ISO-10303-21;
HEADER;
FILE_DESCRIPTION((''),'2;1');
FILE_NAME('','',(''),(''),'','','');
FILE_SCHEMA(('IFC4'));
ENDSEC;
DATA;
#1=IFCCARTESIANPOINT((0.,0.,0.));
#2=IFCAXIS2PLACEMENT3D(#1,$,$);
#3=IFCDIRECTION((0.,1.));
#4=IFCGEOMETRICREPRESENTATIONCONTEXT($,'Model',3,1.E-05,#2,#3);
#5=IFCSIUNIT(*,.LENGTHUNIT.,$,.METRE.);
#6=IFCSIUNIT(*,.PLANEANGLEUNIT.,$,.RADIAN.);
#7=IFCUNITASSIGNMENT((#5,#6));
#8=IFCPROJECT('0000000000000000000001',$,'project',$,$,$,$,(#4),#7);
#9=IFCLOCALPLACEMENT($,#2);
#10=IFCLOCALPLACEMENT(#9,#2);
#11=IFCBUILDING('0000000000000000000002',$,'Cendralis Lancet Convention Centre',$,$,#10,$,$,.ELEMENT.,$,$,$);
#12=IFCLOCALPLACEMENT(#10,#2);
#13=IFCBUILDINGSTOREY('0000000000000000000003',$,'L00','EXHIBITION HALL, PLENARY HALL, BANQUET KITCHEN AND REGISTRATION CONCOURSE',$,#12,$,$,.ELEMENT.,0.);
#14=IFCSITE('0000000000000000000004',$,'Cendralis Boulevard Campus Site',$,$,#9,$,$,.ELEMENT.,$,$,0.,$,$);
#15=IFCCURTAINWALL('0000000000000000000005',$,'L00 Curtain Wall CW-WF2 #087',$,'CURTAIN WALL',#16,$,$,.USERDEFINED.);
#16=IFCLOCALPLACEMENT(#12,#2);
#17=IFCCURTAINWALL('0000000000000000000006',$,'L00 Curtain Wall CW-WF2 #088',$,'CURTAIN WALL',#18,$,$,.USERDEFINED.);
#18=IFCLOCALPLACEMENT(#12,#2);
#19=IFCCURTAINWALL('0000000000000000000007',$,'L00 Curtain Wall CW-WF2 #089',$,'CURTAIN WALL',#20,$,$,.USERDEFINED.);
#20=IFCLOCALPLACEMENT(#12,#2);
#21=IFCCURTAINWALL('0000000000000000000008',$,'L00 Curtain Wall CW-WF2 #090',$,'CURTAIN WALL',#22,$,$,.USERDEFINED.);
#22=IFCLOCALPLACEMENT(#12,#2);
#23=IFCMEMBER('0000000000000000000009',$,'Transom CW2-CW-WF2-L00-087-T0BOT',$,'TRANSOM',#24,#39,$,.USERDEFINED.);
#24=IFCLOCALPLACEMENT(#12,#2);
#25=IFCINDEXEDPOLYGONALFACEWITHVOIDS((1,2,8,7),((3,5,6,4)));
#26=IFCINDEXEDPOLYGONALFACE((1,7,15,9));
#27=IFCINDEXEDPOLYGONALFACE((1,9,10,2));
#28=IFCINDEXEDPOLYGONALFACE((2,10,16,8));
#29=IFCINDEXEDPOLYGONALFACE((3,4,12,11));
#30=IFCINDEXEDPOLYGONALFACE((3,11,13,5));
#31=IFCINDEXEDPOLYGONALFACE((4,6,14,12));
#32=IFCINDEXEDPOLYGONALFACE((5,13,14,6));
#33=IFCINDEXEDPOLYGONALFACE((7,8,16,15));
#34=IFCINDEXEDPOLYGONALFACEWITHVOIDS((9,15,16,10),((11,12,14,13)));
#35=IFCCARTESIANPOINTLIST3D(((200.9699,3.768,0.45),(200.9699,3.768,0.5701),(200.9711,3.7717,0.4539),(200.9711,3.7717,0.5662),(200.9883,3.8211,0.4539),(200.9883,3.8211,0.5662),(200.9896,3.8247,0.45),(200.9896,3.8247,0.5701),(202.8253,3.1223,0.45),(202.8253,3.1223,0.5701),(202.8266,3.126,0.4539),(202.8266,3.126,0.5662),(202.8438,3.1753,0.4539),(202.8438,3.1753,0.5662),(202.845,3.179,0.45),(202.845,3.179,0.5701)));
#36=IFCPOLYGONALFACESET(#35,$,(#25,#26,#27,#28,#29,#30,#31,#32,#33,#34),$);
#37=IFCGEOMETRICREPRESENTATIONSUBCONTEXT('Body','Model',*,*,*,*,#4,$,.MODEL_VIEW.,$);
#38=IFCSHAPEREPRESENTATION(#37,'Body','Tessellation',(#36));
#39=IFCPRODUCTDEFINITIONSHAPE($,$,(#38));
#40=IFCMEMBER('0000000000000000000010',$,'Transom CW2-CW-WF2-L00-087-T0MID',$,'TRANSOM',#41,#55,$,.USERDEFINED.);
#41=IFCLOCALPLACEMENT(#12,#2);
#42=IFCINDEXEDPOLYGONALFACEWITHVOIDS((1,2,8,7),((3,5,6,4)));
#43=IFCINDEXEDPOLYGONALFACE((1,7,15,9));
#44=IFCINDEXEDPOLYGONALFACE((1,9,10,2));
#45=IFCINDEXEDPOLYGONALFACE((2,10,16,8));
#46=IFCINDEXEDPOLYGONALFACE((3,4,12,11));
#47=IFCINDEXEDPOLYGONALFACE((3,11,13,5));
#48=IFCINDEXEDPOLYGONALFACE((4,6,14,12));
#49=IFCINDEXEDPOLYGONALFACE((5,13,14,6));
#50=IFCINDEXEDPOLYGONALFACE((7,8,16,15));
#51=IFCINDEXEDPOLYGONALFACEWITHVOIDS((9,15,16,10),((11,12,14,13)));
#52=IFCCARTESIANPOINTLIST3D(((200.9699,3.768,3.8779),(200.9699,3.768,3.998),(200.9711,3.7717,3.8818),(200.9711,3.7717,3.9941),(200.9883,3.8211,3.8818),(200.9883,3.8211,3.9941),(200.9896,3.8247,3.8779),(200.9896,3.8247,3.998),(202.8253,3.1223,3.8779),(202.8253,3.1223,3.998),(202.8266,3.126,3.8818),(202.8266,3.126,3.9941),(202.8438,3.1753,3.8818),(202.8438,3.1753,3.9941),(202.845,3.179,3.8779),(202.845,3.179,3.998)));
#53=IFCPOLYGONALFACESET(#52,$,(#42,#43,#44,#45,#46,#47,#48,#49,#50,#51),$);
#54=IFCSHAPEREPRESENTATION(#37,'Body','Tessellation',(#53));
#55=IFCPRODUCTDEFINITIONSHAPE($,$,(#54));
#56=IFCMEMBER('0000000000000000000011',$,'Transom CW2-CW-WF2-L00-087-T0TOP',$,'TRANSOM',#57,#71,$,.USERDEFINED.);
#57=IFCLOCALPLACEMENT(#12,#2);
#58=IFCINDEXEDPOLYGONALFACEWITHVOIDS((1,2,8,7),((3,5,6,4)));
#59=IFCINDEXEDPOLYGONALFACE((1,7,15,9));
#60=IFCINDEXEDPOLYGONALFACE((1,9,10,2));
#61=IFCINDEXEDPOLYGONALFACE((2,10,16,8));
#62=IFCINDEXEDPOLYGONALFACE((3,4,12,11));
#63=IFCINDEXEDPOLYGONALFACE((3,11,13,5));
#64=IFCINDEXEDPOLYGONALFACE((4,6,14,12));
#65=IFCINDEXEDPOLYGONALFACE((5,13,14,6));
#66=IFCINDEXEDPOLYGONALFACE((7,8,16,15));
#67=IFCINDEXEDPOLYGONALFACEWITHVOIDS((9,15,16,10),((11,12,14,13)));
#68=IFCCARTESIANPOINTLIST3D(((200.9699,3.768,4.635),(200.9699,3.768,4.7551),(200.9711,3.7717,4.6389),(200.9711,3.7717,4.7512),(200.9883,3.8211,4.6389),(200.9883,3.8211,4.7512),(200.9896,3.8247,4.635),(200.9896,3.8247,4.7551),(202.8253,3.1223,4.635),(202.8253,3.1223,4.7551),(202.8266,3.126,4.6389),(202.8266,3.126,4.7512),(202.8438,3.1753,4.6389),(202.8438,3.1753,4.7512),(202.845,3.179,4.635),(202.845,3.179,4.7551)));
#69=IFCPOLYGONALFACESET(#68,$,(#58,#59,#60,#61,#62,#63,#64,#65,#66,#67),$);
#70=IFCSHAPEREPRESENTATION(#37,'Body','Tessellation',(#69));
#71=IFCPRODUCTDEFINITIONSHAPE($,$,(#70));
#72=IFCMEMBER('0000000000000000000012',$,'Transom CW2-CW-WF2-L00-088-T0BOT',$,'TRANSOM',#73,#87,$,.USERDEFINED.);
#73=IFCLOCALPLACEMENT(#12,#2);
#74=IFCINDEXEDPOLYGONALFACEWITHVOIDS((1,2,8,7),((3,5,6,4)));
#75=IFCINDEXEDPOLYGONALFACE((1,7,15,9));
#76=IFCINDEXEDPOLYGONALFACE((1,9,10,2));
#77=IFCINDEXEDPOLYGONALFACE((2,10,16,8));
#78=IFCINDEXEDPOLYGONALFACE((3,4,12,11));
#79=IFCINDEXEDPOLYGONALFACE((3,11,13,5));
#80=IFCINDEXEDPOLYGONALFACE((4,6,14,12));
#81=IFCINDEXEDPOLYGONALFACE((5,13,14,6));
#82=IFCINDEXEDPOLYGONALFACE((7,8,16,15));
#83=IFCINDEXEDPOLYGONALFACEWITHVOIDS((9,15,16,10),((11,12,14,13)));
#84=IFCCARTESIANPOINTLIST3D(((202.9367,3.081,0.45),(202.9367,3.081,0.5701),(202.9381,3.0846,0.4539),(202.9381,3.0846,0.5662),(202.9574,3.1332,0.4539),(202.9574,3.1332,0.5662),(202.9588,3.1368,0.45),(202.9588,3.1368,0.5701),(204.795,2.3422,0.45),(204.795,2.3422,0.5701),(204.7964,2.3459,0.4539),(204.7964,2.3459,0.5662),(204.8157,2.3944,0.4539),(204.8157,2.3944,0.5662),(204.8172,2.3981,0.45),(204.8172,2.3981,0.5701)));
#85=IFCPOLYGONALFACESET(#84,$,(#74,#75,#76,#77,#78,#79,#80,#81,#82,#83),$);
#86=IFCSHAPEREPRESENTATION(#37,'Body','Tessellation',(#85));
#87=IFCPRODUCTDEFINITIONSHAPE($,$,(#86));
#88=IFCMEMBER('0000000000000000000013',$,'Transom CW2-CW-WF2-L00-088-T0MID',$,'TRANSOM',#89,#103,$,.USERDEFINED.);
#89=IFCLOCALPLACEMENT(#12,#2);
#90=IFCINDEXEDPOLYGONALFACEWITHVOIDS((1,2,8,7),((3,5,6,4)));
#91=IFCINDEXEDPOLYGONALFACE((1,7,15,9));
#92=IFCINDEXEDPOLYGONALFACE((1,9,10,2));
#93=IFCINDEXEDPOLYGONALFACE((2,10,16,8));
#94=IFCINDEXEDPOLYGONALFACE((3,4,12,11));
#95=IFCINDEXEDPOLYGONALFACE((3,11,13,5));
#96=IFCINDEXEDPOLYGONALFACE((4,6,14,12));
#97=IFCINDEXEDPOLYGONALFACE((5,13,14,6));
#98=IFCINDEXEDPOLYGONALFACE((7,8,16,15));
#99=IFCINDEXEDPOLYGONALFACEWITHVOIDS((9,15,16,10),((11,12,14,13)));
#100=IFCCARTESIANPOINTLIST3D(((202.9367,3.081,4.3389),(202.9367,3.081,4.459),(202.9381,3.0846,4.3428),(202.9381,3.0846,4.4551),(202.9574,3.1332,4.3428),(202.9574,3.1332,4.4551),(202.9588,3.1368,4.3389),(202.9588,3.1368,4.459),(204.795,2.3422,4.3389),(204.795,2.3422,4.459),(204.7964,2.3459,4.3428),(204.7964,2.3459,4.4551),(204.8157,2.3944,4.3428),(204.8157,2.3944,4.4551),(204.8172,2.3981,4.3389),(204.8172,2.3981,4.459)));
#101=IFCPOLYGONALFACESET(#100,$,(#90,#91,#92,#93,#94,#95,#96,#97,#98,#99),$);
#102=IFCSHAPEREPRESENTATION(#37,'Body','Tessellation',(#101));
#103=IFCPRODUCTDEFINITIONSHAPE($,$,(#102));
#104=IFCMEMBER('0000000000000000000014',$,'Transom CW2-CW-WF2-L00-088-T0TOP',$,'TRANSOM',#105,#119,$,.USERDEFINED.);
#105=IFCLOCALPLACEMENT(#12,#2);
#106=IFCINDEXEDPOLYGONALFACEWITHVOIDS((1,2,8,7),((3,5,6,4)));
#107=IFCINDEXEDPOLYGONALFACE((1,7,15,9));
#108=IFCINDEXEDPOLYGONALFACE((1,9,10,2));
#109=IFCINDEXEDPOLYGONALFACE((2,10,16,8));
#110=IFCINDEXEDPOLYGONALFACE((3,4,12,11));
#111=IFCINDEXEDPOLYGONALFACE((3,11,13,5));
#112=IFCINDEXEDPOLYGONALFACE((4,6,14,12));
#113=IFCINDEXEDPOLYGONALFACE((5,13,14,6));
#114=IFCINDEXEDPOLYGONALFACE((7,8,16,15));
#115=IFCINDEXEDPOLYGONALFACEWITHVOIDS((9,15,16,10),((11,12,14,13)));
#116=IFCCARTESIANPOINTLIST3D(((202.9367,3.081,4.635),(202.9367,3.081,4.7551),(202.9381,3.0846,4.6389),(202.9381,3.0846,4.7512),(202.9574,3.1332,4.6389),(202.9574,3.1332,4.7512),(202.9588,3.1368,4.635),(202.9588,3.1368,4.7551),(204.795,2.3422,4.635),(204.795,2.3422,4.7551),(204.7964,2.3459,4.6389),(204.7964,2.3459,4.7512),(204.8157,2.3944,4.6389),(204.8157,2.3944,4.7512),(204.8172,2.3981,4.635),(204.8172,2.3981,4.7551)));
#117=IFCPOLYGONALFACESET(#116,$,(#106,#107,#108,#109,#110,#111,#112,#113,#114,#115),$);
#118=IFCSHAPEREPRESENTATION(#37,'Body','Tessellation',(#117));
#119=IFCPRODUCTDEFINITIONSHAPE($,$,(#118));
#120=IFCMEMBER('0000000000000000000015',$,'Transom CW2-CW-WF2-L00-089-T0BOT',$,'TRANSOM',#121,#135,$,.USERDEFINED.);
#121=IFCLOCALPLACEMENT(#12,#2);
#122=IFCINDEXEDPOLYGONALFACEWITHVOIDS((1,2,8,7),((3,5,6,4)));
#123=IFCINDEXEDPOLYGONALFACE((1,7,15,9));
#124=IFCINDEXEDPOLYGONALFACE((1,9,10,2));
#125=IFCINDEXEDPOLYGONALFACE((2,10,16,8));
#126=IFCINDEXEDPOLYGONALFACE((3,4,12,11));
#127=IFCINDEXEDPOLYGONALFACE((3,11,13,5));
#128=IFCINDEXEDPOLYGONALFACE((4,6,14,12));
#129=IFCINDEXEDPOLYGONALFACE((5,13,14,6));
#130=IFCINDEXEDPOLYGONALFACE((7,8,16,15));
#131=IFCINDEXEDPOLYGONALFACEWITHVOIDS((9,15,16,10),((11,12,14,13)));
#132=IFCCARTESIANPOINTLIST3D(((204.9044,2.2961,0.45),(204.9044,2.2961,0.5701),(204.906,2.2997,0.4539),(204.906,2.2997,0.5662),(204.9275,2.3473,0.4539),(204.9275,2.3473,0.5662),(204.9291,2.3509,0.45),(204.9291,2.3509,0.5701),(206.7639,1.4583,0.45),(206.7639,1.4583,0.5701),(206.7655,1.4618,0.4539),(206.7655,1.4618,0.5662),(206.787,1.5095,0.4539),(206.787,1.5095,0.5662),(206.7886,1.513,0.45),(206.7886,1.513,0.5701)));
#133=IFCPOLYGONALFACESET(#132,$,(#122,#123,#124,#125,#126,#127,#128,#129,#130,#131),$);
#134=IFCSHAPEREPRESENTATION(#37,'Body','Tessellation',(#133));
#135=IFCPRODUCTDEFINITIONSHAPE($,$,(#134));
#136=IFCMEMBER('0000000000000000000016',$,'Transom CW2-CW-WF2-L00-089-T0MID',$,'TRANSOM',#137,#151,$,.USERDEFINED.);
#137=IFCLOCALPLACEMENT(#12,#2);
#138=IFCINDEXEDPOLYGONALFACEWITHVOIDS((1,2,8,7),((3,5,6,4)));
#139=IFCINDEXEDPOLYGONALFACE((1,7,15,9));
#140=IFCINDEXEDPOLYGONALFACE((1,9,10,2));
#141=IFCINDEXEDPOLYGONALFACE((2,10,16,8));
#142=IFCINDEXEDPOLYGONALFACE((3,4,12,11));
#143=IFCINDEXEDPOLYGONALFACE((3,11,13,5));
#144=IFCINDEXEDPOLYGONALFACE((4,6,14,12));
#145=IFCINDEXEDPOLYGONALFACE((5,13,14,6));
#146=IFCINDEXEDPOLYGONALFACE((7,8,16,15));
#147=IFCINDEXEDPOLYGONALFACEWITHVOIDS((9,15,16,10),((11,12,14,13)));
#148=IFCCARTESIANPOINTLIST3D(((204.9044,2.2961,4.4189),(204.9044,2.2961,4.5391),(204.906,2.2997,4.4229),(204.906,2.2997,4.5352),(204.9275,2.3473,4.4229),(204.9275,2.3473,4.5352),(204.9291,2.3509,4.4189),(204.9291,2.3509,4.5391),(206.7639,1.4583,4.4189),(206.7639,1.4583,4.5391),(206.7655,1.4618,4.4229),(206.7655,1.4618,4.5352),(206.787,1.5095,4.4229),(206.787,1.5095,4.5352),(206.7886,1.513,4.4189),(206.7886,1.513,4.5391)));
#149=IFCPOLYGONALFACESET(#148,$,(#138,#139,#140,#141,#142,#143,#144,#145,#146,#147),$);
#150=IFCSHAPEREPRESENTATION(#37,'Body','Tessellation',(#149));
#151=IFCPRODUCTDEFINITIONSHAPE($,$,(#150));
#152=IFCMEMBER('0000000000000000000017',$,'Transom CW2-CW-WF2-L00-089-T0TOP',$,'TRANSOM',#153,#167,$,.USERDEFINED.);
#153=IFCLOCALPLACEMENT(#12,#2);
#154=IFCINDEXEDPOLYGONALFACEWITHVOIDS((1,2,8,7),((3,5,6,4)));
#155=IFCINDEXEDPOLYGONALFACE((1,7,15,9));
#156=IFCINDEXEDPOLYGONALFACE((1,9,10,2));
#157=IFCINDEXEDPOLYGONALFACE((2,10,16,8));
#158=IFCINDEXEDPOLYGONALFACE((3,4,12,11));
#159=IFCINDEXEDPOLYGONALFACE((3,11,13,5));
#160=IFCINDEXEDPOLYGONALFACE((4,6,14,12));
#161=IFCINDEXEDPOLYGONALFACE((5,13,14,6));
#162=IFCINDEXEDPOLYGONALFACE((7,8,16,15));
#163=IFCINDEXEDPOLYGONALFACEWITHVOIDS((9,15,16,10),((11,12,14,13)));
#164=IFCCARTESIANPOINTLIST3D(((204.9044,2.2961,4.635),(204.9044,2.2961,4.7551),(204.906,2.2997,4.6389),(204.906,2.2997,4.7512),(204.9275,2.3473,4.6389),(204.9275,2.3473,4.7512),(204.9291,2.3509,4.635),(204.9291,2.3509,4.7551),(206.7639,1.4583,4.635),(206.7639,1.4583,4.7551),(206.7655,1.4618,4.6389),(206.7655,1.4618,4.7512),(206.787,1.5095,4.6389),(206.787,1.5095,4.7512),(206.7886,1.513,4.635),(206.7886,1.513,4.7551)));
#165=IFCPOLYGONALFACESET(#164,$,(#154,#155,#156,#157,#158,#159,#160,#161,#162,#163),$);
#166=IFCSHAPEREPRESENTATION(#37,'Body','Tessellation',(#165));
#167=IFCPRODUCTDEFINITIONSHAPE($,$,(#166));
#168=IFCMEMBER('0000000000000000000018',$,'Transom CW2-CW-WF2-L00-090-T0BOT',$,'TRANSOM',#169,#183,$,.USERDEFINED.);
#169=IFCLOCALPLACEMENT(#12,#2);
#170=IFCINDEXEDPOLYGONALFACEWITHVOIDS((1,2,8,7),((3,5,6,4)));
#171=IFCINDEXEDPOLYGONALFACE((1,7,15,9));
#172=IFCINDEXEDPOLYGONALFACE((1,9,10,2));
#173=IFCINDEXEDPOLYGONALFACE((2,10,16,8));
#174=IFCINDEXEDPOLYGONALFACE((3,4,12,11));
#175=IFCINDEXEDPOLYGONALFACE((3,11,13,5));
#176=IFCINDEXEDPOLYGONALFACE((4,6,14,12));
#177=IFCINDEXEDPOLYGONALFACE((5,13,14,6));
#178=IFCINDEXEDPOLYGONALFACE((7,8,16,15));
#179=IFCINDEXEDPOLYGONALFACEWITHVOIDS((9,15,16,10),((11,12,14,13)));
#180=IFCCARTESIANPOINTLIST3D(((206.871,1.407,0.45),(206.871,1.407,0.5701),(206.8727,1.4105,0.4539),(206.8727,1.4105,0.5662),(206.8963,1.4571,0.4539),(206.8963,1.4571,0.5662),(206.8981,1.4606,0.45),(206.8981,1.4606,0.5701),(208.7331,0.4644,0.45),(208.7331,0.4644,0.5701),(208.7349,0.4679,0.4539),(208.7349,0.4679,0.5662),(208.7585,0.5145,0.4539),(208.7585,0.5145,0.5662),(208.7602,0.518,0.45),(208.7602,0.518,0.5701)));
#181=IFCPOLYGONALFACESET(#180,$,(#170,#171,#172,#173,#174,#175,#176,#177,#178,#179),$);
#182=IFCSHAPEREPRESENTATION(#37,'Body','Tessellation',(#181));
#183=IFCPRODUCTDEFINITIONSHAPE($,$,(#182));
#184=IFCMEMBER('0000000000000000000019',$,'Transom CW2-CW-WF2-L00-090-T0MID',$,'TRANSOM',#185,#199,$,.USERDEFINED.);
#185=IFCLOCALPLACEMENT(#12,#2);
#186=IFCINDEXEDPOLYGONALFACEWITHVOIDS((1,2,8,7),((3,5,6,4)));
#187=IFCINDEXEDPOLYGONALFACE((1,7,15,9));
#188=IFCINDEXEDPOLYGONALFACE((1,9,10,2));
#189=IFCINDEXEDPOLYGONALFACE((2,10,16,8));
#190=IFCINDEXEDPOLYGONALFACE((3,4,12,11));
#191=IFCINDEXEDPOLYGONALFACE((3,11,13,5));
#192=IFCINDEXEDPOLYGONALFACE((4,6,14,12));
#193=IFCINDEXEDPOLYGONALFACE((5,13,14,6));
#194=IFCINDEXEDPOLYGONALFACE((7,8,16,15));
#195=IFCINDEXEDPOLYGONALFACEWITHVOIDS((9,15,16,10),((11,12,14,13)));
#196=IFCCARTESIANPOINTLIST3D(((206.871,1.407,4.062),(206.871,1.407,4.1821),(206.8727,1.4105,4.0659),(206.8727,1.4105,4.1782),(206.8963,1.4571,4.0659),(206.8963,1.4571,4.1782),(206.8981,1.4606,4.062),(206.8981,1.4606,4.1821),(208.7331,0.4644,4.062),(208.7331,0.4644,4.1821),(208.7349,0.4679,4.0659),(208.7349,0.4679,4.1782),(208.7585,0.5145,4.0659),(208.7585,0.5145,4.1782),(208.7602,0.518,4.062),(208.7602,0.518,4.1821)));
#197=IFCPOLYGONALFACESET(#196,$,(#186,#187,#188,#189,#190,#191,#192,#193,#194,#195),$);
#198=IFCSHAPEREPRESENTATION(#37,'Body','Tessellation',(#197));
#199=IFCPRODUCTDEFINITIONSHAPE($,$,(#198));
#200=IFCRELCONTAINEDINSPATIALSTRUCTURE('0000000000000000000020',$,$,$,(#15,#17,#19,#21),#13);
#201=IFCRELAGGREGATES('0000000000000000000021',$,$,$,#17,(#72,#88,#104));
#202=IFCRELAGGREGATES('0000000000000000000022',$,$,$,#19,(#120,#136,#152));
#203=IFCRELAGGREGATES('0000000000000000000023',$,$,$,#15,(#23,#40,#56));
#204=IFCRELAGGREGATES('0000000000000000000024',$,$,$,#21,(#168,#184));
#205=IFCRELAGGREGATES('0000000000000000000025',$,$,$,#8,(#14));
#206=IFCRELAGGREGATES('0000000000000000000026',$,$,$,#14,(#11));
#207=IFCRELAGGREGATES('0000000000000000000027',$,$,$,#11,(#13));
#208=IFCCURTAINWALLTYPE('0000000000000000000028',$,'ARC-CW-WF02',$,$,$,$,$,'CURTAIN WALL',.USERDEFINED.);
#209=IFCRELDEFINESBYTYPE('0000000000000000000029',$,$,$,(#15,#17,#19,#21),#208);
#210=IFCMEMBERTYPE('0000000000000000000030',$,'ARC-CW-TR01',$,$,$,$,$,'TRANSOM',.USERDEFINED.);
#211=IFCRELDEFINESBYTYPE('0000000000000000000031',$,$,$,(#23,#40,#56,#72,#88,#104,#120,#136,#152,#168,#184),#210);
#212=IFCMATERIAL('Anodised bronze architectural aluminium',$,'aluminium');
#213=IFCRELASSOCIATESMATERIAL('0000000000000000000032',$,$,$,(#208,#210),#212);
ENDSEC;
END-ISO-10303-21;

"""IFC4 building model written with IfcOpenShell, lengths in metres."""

from ifc_helpers import new_model, si_unit, direction, frame, origin, origin_2d, place, context, subcontext, project, spatial, hollow_rectangle, extrude, material, material_profile, profile_set, type_object, element, aggregate, save


model = new_model("IFC4")

# Units and contexts
model_context = context("Model", 3, precision=1e-05, world=origin(), true_north=direction((0.0, 1.0)))
body_context = subcontext(model_context, "Body", "Model", "MODEL_VIEW")
ifc_project = project(units=[si_unit("LENGTHUNIT", "METRE"), si_unit("PLANEANGLEUNIT", "RADIAN")], contexts=[model_context])

# Site, building, storey
site_placement = place(None, origin())
site = spatial("IfcSite", under=ifc_project, at=site_placement, Name="Cendralis Boulevard Campus Site", CompositionType="ELEMENT", RefElevation=0.0)
building_placement = place(site_placement, origin())
building = spatial("IfcBuilding", under=site, at=building_placement, Name="Cendralis Lancet Convention Centre", CompositionType="ELEMENT")
storey_placement = place(building_placement, origin())
storey = spatial("IfcBuildingStorey", under=building, at=storey_placement, Name="L00", Description="EXHIBITION HALL, PLENARY HALL, BANQUET KITCHEN AND REGISTRATION CONCOURSE", CompositionType="ELEMENT", Elevation=0.0)

# Curtain walls
ifc_material_1 = material(Name="Anodised bronze architectural aluminium", Category="aluminium")
curtain_wall_type = type_object("IfcCurtainWallType", Name="ARC-CW-WF02", ElementType="CURTAIN WALL", PredefinedType="USERDEFINED", material=ifc_material_1)
curtain_wall_1_placement = place(storey_placement, origin())
curtain_wall_1 = element("IfcCurtainWall", 1, at=curtain_wall_1_placement, inside=storey, type_object=curtain_wall_type, Name="L00 Curtain Wall CW-WF2 #087", ObjectType="CURTAIN WALL", PredefinedType="USERDEFINED")
curtain_wall_2_placement = place(storey_placement, origin())
curtain_wall_2 = element("IfcCurtainWall", 2, at=curtain_wall_2_placement, inside=storey, type_object=curtain_wall_type, Name="L00 Curtain Wall CW-WF2 #088", ObjectType="CURTAIN WALL", PredefinedType="USERDEFINED")
curtain_wall_3_placement = place(storey_placement, origin())
curtain_wall_3 = element("IfcCurtainWall", 3, at=curtain_wall_3_placement, inside=storey, type_object=curtain_wall_type, Name="L00 Curtain Wall CW-WF2 #089", ObjectType="CURTAIN WALL", PredefinedType="USERDEFINED")
curtain_wall_4_placement = place(storey_placement, origin())
curtain_wall_4 = element("IfcCurtainWall", 4, at=curtain_wall_4_placement, inside=storey, type_object=curtain_wall_type, Name="L00 Curtain Wall CW-WF2 #090", ObjectType="CURTAIN WALL", PredefinedType="USERDEFINED")

# Members
ifc_material_profile_1 = material_profile(ifc_material_1, hollow_rectangle(XDim=0.0601, YDim=0.1201, WallThickness=0.0039, at=origin_2d()), Name="AL-TRAN 60x120x4.0")
ifc_profile_set_1 = profile_set([ifc_material_profile_1], Name="Anodised bronze architectural aluminium")
member_type_1 = type_object("IfcMemberType", Name="ARC-CW-TR01", ElementType="TRANSOM", PredefinedType="USERDEFINED", material=ifc_profile_set_1)
member_1_placement = place(storey_placement, frame((200.9797, 3.7964, 0.51), z_axis=(0.944438, -0.328689, 0.0), x_axis=(0.328689, 0.944438, 0.0)))
member_1 = element("IfcMember", 5, at=member_1_placement, type_object=member_type_1, Name="Transom CW2-CW-WF2-L00-087-T0BOT", ObjectType="TRANSOM", PredefinedType="USERDEFINED", context=body_context, shape_type="SweptSolid", body=[
    extrude(hollow_rectangle(XDim=0.0601, YDim=0.1201, WallThickness=0.0039, at=origin_2d()), origin(), (0.0, 0.0, 1.0), 1.9646),
])
member_2_placement = place(storey_placement, frame((200.9797, 3.7964, 3.938), z_axis=(0.944438, -0.328689, 0.0), x_axis=(0.328689, 0.944438, 0.0)))
member_2 = element("IfcMember", 6, at=member_2_placement, type_object=member_type_1, Name="Transom CW2-CW-WF2-L00-087-T0MID", ObjectType="TRANSOM", PredefinedType="USERDEFINED", context=body_context, shape_type="SweptSolid", body=[
    extrude(hollow_rectangle(XDim=0.0601, YDim=0.1201, WallThickness=0.0039, at=origin_2d()), origin(), (0.0, 0.0, 1.0), 1.9646),
])
member_3_placement = place(storey_placement, frame((200.9797, 3.7964, 4.6951), z_axis=(0.944438, -0.328689, 0.0), x_axis=(0.328689, 0.944438, 0.0)))
member_3 = element("IfcMember", 7, at=member_3_placement, type_object=member_type_1, Name="Transom CW2-CW-WF2-L00-087-T0TOP", ObjectType="TRANSOM", PredefinedType="USERDEFINED", context=body_context, shape_type="SweptSolid", body=[
    extrude(hollow_rectangle(XDim=0.0601, YDim=0.1201, WallThickness=0.0039, at=origin_2d()), origin(), (0.0, 0.0, 1.0), 1.9646),
])
member_4_placement = place(storey_placement, frame((202.9478, 3.1089, 0.51), z_axis=(0.929266, -0.369411, 0.0), x_axis=(0.369411, 0.929266, 0.0)))
member_4 = element("IfcMember", 8, at=member_4_placement, type_object=member_type_1, Name="Transom CW2-CW-WF2-L00-088-T0BOT", ObjectType="TRANSOM", PredefinedType="USERDEFINED", context=body_context, shape_type="SweptSolid", body=[
    extrude(hollow_rectangle(XDim=0.0601, YDim=0.1201, WallThickness=0.0039, at=origin_2d()), origin(), (0.0, 0.0, 1.0), 1.9998),
])
member_5_placement = place(storey_placement, frame((202.9478, 3.1089, 4.3989), z_axis=(0.929266, -0.369411, 0.0), x_axis=(0.369411, 0.929266, 0.0)))
member_5 = element("IfcMember", 9, at=member_5_placement, type_object=member_type_1, Name="Transom CW2-CW-WF2-L00-088-T0MID", ObjectType="TRANSOM", PredefinedType="USERDEFINED", context=body_context, shape_type="SweptSolid", body=[
    extrude(hollow_rectangle(XDim=0.0601, YDim=0.1201, WallThickness=0.0039, at=origin_2d()), origin(), (0.0, 0.0, 1.0), 1.9998),
])
member_6_placement = place(storey_placement, frame((202.9478, 3.1089, 4.6951), z_axis=(0.929266, -0.369411, 0.0), x_axis=(0.369411, 0.929266, 0.0)))
member_6 = element("IfcMember", 10, at=member_6_placement, type_object=member_type_1, Name="Transom CW2-CW-WF2-L00-088-T0TOP", ObjectType="TRANSOM", PredefinedType="USERDEFINED", context=body_context, shape_type="SweptSolid", body=[
    extrude(hollow_rectangle(XDim=0.0601, YDim=0.1201, WallThickness=0.0039, at=origin_2d()), origin(), (0.0, 0.0, 1.0), 1.9998),
])
member_7_placement = place(storey_placement, frame((204.9167, 2.3235, 0.51), z_axis=(0.911727, -0.410798, 0.0), x_axis=(0.410798, 0.911727, 0.0)))
member_7 = element("IfcMember", 11, at=member_7_placement, type_object=member_type_1, Name="Transom CW2-CW-WF2-L00-089-T0BOT", ObjectType="TRANSOM", PredefinedType="USERDEFINED", context=body_context, shape_type="SweptSolid", body=[
    extrude(hollow_rectangle(XDim=0.0601, YDim=0.1201, WallThickness=0.0039, at=origin_2d()), origin(), (0.0, 0.0, 1.0), 2.0396),
])
member_8_placement = place(storey_placement, frame((204.9167, 2.3235, 4.479), z_axis=(0.911727, -0.410798, 0.0), x_axis=(0.410798, 0.911727, 0.0)))
member_8 = element("IfcMember", 12, at=member_8_placement, type_object=member_type_1, Name="Transom CW2-CW-WF2-L00-089-T0MID", ObjectType="TRANSOM", PredefinedType="USERDEFINED", context=body_context, shape_type="SweptSolid", body=[
    extrude(hollow_rectangle(XDim=0.0601, YDim=0.1201, WallThickness=0.0039, at=origin_2d()), origin(), (0.0, 0.0, 1.0), 2.0396),
])
member_9_placement = place(storey_placement, frame((204.9167, 2.3235, 4.6951), z_axis=(0.911727, -0.410798, 0.0), x_axis=(0.410798, 0.911727, 0.0)))
member_9 = element("IfcMember", 13, at=member_9_placement, type_object=member_type_1, Name="Transom CW2-CW-WF2-L00-089-T0TOP", ObjectType="TRANSOM", PredefinedType="USERDEFINED", context=body_context, shape_type="SweptSolid", body=[
    extrude(hollow_rectangle(XDim=0.0601, YDim=0.1201, WallThickness=0.0039, at=origin_2d()), origin(), (0.0, 0.0, 1.0), 2.0396),
])
member_10_placement = place(storey_placement, frame((206.8845, 1.4338, 0.51), z_axis=(0.892194, -0.451653, 0.0), x_axis=(0.451653, 0.892194, 0.0)))
member_10 = element("IfcMember", 14, at=member_10_placement, type_object=member_type_1, Name="Transom CW2-CW-WF2-L00-090-T0BOT", ObjectType="TRANSOM", PredefinedType="USERDEFINED", context=body_context, shape_type="SweptSolid", body=[
    extrude(hollow_rectangle(XDim=0.0601, YDim=0.1201, WallThickness=0.0039, at=origin_2d()), origin(), (0.0, 0.0, 1.0), 2.0872),
])
member_11_placement = place(storey_placement, frame((206.8845, 1.4338, 4.1221), z_axis=(0.892194, -0.451653, 0.0), x_axis=(0.451653, 0.892194, 0.0)))
member_11 = element("IfcMember", 15, at=member_11_placement, type_object=member_type_1, Name="Transom CW2-CW-WF2-L00-090-T0MID", ObjectType="TRANSOM", PredefinedType="USERDEFINED", context=body_context, shape_type="SweptSolid", body=[
    extrude(hollow_rectangle(XDim=0.0601, YDim=0.1201, WallThickness=0.0039, at=origin_2d()), origin(), (0.0, 0.0, 1.0), 2.0872),
])

aggregate(curtain_wall_2, [member_4, member_5, member_6])
aggregate(curtain_wall_3, [member_7, member_8, member_9])
aggregate(curtain_wall_1, [member_1, member_2, member_3])
aggregate(curtain_wall_4, [member_10, member_11])

save(model, "model.ifc")
